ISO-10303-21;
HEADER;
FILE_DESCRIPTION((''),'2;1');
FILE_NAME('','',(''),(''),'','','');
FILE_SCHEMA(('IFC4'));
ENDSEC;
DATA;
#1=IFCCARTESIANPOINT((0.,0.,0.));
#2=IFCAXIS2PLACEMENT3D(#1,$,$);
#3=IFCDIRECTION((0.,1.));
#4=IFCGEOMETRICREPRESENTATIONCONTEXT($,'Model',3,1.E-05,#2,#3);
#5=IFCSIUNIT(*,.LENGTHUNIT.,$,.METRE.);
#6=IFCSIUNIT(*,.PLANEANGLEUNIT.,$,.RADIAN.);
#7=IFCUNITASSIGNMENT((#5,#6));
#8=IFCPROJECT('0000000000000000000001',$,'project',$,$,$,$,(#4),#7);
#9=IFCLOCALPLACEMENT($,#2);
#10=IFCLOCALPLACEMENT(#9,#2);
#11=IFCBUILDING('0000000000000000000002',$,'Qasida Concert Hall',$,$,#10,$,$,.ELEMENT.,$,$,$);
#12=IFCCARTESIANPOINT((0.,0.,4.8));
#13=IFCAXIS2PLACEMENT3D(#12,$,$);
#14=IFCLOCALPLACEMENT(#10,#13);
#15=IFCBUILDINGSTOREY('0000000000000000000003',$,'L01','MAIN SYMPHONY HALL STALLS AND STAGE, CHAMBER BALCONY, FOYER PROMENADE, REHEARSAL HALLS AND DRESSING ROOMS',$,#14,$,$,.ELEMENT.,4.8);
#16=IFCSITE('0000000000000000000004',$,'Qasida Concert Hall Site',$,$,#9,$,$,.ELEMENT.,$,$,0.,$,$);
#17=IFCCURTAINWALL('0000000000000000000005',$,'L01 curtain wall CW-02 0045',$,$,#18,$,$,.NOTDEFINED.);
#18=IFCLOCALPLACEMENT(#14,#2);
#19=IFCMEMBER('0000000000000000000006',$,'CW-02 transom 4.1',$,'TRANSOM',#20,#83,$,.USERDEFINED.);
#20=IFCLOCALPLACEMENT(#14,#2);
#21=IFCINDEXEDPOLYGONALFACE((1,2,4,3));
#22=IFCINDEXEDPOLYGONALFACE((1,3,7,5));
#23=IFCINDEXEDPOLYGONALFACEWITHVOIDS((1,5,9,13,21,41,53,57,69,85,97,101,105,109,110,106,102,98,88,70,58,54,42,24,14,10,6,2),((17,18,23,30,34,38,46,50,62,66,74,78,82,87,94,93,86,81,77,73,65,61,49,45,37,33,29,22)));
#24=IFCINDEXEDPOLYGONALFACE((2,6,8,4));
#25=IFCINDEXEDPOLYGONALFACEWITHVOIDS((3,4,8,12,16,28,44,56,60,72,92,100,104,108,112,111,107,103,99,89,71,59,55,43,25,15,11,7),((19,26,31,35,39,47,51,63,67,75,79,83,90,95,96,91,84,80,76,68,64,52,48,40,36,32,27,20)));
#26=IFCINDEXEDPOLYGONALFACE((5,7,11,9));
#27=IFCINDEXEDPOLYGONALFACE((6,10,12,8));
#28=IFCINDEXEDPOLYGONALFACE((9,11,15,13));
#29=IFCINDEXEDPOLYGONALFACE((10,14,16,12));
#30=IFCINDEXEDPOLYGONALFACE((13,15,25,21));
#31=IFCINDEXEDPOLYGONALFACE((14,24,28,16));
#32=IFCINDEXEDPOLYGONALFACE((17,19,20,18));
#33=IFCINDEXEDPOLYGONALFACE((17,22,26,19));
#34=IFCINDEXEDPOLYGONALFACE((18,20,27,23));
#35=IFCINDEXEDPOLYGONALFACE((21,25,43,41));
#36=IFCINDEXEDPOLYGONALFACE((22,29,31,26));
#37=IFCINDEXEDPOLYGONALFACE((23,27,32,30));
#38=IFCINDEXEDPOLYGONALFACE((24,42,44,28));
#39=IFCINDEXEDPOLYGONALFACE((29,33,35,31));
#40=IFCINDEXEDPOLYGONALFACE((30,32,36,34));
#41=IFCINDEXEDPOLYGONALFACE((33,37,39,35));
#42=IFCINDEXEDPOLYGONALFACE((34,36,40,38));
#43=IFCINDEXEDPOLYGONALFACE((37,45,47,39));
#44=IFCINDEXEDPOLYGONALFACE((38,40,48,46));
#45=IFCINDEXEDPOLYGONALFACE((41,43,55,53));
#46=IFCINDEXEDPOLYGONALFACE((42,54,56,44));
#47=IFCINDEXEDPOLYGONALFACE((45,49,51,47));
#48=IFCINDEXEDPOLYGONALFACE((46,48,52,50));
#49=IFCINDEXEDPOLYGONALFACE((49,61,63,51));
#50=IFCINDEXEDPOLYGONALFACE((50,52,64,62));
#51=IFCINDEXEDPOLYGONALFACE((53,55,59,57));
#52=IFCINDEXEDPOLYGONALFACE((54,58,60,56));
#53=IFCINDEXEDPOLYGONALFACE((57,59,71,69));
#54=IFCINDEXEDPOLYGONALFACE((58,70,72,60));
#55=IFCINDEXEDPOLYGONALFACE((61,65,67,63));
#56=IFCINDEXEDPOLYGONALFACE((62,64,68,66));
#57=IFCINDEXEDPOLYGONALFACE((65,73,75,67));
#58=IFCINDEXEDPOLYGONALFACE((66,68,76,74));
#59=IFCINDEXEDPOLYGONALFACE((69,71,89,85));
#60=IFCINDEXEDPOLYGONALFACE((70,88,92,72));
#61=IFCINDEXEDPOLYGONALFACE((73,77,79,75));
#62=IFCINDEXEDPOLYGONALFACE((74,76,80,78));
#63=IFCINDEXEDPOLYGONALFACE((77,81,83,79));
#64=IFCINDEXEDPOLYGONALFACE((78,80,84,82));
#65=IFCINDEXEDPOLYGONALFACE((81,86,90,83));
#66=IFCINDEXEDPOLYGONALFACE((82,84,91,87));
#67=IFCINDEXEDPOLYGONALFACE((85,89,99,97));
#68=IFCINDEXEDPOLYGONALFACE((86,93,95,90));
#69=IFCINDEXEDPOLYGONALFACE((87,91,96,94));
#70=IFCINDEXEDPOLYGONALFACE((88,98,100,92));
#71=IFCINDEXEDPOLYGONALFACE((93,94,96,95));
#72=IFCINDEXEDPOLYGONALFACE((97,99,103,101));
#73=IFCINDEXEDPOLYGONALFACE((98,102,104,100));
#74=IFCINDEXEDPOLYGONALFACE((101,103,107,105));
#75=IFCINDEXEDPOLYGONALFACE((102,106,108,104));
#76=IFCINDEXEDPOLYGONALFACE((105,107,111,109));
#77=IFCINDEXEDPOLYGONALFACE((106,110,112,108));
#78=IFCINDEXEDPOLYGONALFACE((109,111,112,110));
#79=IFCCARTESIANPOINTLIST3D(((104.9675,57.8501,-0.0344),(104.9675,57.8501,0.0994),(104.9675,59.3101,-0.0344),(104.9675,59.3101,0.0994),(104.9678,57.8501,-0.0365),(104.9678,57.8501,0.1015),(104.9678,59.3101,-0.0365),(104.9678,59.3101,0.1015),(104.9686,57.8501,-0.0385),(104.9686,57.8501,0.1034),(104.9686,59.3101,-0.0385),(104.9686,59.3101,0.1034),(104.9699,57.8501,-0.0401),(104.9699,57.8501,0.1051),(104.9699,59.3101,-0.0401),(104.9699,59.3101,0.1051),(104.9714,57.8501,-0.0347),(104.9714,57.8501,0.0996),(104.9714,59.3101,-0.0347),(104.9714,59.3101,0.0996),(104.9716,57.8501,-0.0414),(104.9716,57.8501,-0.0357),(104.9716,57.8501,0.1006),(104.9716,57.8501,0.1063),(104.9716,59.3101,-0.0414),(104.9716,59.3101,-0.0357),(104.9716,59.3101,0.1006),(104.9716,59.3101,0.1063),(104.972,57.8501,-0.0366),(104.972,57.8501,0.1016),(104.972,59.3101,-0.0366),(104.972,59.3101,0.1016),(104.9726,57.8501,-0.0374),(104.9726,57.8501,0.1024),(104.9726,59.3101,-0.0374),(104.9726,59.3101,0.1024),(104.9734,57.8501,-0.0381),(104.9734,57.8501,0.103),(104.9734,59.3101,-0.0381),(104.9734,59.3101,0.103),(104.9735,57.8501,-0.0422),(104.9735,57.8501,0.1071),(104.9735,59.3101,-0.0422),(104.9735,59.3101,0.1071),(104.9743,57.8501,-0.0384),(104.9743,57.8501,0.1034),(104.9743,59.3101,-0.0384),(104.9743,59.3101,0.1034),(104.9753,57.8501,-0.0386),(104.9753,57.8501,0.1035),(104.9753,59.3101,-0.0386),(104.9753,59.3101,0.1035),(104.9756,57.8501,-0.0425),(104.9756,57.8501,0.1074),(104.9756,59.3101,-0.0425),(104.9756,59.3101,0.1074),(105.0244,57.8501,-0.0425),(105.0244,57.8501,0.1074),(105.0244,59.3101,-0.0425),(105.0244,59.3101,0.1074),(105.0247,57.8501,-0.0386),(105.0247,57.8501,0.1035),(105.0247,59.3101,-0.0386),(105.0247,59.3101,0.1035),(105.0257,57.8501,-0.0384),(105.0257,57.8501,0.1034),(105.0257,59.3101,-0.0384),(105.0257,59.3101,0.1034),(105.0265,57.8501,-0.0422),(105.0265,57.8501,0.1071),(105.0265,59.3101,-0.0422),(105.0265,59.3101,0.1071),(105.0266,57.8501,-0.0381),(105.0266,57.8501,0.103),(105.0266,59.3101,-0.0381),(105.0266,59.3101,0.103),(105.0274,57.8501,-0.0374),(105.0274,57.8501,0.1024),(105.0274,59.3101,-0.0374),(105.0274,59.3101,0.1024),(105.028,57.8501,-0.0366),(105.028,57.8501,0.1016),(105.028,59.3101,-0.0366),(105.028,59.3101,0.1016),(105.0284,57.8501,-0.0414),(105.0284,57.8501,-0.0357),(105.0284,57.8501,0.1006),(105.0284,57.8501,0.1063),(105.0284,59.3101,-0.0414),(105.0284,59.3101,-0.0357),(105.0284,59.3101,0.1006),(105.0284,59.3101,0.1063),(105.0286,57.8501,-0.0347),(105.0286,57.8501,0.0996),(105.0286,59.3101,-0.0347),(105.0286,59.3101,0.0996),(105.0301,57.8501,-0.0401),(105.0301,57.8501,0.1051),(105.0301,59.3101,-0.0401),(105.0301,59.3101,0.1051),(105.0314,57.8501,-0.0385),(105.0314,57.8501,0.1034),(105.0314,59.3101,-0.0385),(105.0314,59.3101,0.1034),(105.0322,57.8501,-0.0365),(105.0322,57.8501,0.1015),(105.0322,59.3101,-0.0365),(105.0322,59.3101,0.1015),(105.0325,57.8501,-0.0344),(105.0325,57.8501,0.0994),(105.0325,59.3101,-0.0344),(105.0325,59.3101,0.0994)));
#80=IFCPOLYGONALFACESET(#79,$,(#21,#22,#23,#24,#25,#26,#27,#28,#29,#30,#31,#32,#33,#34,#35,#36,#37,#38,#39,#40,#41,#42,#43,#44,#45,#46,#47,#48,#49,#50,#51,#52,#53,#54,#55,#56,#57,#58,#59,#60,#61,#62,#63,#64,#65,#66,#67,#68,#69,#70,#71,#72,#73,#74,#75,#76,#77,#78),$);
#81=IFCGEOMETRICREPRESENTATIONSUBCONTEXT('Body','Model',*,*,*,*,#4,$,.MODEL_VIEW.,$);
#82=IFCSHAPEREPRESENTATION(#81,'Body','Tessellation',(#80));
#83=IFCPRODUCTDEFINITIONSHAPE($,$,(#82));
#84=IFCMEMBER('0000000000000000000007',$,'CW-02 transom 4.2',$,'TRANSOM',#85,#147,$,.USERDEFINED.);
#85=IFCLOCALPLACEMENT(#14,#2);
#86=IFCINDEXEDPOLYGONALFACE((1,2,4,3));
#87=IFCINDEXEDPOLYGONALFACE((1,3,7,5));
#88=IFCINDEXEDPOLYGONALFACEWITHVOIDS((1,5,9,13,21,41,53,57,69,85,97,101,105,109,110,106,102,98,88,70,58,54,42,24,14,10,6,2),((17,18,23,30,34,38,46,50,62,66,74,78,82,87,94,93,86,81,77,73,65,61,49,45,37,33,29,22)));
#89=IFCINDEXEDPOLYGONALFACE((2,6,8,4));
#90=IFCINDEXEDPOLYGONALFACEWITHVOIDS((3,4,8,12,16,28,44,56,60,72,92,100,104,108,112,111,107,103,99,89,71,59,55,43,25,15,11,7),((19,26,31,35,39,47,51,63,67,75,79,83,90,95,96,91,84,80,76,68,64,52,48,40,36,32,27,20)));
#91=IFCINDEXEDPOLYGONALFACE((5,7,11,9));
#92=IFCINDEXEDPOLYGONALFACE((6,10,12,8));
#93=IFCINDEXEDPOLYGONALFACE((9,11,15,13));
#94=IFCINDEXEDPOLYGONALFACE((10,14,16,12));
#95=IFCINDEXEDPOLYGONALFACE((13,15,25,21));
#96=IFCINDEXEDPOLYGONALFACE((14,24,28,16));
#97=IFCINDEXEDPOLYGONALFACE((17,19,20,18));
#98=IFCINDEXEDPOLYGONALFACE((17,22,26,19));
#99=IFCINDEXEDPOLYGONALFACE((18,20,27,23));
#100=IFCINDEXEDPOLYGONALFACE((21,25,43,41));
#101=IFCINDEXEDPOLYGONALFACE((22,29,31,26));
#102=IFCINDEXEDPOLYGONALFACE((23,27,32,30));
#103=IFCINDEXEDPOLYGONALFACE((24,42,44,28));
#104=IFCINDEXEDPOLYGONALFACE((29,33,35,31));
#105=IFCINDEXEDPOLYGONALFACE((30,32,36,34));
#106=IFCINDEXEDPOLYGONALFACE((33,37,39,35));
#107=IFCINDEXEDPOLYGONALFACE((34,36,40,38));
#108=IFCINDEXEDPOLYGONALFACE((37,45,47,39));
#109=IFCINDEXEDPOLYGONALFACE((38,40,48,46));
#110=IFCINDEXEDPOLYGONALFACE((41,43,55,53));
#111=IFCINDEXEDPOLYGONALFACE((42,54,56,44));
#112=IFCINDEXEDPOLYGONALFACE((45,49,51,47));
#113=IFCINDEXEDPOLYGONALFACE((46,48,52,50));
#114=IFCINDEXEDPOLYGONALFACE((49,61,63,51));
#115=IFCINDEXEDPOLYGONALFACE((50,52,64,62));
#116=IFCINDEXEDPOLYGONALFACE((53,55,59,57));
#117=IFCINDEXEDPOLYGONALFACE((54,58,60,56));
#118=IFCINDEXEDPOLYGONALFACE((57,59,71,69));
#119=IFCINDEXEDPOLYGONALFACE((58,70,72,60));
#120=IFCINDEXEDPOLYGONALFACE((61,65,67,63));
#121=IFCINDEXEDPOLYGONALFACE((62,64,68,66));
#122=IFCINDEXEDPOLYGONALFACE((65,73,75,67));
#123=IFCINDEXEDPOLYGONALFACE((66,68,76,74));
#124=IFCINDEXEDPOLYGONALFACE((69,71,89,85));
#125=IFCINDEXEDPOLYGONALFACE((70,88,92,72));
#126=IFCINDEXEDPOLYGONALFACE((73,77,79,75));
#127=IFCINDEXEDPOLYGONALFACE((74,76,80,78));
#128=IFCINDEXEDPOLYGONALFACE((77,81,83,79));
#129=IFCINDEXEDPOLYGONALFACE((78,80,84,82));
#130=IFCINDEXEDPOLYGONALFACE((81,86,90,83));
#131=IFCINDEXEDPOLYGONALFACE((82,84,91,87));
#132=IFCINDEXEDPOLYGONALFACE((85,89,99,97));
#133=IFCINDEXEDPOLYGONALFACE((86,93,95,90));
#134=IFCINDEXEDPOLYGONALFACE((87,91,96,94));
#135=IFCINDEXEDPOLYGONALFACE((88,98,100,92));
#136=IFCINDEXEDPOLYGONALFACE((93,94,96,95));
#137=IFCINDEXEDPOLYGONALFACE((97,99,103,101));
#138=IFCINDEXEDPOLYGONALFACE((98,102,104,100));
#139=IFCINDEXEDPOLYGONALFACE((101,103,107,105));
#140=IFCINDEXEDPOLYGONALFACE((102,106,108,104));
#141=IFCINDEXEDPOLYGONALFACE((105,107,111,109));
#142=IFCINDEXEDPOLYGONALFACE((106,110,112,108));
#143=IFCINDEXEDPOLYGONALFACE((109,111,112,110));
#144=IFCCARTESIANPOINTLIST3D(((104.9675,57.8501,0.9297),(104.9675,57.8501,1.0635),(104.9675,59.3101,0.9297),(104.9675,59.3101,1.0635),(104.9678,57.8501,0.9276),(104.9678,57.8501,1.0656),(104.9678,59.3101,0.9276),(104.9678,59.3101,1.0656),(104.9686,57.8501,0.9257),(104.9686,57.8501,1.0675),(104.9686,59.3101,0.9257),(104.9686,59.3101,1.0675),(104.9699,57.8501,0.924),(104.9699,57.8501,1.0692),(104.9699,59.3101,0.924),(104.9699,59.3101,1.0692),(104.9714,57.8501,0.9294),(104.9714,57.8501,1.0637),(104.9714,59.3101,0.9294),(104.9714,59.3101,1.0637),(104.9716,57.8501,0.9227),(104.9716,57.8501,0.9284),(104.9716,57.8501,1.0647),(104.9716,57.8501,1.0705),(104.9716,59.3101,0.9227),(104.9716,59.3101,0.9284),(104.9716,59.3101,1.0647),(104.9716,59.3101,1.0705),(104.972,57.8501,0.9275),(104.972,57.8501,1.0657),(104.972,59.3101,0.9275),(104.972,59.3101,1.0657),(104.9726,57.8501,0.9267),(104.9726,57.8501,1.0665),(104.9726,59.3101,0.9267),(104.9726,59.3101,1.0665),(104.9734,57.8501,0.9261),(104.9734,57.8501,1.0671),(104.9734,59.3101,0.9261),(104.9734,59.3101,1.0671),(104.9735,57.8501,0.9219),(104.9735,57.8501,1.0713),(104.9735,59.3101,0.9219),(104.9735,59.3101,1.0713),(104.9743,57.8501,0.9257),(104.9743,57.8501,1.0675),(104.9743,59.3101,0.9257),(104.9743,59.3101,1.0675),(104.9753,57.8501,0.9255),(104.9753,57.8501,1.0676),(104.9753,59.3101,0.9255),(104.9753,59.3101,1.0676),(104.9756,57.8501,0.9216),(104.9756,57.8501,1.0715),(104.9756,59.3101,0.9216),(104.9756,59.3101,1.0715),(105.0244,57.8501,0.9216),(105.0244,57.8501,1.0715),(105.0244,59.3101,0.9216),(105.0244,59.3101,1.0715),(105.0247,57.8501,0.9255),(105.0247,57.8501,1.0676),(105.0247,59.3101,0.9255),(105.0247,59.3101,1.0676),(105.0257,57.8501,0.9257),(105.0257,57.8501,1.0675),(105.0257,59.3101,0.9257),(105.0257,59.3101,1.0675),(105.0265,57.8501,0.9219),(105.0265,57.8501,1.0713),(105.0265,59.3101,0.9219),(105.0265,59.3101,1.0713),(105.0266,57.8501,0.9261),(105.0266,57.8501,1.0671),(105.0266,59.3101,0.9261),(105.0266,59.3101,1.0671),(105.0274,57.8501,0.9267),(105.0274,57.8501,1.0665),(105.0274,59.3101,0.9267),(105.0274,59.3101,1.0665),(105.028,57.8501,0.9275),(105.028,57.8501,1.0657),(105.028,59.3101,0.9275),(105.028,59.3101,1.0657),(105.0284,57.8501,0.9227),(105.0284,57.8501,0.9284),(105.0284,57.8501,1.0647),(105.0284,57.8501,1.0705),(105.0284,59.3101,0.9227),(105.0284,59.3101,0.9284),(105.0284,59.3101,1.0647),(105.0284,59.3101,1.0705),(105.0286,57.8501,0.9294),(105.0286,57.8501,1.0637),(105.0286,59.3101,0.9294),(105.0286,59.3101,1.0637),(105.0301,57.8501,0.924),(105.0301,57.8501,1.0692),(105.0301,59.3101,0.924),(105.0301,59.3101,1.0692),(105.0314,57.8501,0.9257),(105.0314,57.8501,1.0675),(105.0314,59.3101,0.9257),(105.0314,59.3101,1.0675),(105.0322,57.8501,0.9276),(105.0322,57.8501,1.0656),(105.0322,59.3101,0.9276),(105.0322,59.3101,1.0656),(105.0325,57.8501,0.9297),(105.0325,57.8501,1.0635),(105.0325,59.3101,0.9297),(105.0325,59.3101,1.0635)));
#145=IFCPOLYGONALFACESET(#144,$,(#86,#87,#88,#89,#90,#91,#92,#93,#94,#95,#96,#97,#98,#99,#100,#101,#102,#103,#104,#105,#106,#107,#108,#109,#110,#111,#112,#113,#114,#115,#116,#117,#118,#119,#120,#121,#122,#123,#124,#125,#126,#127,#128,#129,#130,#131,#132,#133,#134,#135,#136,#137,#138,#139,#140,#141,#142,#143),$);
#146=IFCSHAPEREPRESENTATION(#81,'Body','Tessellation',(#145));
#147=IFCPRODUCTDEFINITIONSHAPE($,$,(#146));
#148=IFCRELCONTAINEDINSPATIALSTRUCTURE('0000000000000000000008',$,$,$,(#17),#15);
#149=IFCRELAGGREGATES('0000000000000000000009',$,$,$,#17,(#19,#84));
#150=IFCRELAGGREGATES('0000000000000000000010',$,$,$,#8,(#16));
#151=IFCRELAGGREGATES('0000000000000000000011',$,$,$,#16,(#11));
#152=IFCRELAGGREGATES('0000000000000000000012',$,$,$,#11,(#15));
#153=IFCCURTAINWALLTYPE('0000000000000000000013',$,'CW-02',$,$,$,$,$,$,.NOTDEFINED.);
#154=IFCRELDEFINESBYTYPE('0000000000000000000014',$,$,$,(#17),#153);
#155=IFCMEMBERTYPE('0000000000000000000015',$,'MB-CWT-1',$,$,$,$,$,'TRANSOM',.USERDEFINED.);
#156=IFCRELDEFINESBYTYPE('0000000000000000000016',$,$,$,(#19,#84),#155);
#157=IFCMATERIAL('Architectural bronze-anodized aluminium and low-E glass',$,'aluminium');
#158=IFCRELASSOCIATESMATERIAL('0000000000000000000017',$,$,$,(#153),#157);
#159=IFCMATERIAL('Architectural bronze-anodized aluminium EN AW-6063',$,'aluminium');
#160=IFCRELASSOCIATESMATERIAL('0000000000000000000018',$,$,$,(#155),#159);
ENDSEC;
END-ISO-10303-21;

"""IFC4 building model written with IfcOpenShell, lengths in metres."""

from ifc_helpers import new_model, si_unit, direction, frame, origin, origin_2d, place, context, subcontext, project, spatial, hollow_rectangle, extrude, material, material_profile, profile_set, type_object, element, aggregate, save


model = new_model("IFC4")

# Units and contexts
model_context = context("Model", 3, precision=1e-05, world=origin(), true_north=direction((0.0, 1.0)))
body_context = subcontext(model_context, "Body", "Model", "MODEL_VIEW")
ifc_project = project(units=[si_unit("LENGTHUNIT", "METRE"), si_unit("PLANEANGLEUNIT", "RADIAN")], contexts=[model_context])

# Site, building, storey
site_placement = place(None, origin())
site = spatial("IfcSite", under=ifc_project, at=site_placement, Name="Qasida Concert Hall Site", CompositionType="ELEMENT", RefElevation=0.0)
building_placement = place(site_placement, origin())
building = spatial("IfcBuilding", under=site, at=building_placement, Name="Qasida Concert Hall", CompositionType="ELEMENT")
storey_placement = place(building_placement, frame((0.0, 0.0, 4.8)))
storey = spatial("IfcBuildingStorey", under=building, at=storey_placement, Name="L01", Description="MAIN SYMPHONY HALL STALLS AND STAGE, CHAMBER BALCONY, FOYER PROMENADE, REHEARSAL HALLS AND DRESSING ROOMS", CompositionType="ELEMENT", Elevation=4.8)

# Curtain wall, members
ifc_material_1 = material(Name="Architectural bronze-anodized aluminium and low-E glass", Category="aluminium")
curtain_wall_type = type_object("IfcCurtainWallType", Name="CW-02", PredefinedType="NOTDEFINED", material=ifc_material_1)
curtain_wall_placement = place(storey_placement, origin())
curtain_wall = element("IfcCurtainWall", 1, at=curtain_wall_placement, inside=storey, type_object=curtain_wall_type, Name="L01 curtain wall CW-02 0045", PredefinedType="NOTDEFINED")
ifc_material_2 = material(Name="Architectural bronze-anodized aluminium EN AW-6063", Category="aluminium")
ifc_material_profile_1 = material_profile(ifc_material_2, hollow_rectangle(XDim=0.0649, YDim=0.1499, WallThickness=0.0039, InnerFilletRadius=0.0039, OuterFilletRadius=0.0081, at=origin_2d()), Name="CWT 150x65x4")
ifc_profile_set_1 = profile_set([ifc_material_profile_1], Name="Architectural bronze-anodized aluminium EN AW-6063")
member_type_1 = type_object("IfcMemberType", Name="MB-CWT-1", ElementType="TRANSOM", PredefinedType="USERDEFINED", material=ifc_profile_set_1)
member_1_placement = place(storey_placement, frame((105.0, 57.8501, 0.0325), z_axis=(0.0, 1.0, 0.0), x_axis=(-1.0, 0.0, 0.0)))
member_1 = element("IfcMember", 2, at=member_1_placement, type_object=member_type_1, Name="CW-02 transom 4.1", ObjectType="TRANSOM", PredefinedType="USERDEFINED", context=body_context, shape_type="SweptSolid", body=[
    extrude(hollow_rectangle(XDim=0.0649, YDim=0.1499, WallThickness=0.0039, InnerFilletRadius=0.0039, OuterFilletRadius=0.0081, at=origin_2d()), origin(), (0.0, 0.0, 1.0), 1.46),
])
member_2_placement = place(storey_placement, frame((105.0, 57.8501, 0.9966), z_axis=(0.0, 1.0, 0.0), x_axis=(-1.0, 0.0, 0.0)))
member_2 = element("IfcMember", 3, at=member_2_placement, type_object=member_type_1, Name="CW-02 transom 4.2", ObjectType="TRANSOM", PredefinedType="USERDEFINED", context=body_context, shape_type="SweptSolid", body=[
    extrude(hollow_rectangle(XDim=0.0649, YDim=0.1499, WallThickness=0.0039, InnerFilletRadius=0.0039, OuterFilletRadius=0.0081, at=origin_2d()), origin(), (0.0, 0.0, 1.0), 1.46),
])
aggregate(curtain_wall, [member_1, member_2])

save(model, "model.ifc")
